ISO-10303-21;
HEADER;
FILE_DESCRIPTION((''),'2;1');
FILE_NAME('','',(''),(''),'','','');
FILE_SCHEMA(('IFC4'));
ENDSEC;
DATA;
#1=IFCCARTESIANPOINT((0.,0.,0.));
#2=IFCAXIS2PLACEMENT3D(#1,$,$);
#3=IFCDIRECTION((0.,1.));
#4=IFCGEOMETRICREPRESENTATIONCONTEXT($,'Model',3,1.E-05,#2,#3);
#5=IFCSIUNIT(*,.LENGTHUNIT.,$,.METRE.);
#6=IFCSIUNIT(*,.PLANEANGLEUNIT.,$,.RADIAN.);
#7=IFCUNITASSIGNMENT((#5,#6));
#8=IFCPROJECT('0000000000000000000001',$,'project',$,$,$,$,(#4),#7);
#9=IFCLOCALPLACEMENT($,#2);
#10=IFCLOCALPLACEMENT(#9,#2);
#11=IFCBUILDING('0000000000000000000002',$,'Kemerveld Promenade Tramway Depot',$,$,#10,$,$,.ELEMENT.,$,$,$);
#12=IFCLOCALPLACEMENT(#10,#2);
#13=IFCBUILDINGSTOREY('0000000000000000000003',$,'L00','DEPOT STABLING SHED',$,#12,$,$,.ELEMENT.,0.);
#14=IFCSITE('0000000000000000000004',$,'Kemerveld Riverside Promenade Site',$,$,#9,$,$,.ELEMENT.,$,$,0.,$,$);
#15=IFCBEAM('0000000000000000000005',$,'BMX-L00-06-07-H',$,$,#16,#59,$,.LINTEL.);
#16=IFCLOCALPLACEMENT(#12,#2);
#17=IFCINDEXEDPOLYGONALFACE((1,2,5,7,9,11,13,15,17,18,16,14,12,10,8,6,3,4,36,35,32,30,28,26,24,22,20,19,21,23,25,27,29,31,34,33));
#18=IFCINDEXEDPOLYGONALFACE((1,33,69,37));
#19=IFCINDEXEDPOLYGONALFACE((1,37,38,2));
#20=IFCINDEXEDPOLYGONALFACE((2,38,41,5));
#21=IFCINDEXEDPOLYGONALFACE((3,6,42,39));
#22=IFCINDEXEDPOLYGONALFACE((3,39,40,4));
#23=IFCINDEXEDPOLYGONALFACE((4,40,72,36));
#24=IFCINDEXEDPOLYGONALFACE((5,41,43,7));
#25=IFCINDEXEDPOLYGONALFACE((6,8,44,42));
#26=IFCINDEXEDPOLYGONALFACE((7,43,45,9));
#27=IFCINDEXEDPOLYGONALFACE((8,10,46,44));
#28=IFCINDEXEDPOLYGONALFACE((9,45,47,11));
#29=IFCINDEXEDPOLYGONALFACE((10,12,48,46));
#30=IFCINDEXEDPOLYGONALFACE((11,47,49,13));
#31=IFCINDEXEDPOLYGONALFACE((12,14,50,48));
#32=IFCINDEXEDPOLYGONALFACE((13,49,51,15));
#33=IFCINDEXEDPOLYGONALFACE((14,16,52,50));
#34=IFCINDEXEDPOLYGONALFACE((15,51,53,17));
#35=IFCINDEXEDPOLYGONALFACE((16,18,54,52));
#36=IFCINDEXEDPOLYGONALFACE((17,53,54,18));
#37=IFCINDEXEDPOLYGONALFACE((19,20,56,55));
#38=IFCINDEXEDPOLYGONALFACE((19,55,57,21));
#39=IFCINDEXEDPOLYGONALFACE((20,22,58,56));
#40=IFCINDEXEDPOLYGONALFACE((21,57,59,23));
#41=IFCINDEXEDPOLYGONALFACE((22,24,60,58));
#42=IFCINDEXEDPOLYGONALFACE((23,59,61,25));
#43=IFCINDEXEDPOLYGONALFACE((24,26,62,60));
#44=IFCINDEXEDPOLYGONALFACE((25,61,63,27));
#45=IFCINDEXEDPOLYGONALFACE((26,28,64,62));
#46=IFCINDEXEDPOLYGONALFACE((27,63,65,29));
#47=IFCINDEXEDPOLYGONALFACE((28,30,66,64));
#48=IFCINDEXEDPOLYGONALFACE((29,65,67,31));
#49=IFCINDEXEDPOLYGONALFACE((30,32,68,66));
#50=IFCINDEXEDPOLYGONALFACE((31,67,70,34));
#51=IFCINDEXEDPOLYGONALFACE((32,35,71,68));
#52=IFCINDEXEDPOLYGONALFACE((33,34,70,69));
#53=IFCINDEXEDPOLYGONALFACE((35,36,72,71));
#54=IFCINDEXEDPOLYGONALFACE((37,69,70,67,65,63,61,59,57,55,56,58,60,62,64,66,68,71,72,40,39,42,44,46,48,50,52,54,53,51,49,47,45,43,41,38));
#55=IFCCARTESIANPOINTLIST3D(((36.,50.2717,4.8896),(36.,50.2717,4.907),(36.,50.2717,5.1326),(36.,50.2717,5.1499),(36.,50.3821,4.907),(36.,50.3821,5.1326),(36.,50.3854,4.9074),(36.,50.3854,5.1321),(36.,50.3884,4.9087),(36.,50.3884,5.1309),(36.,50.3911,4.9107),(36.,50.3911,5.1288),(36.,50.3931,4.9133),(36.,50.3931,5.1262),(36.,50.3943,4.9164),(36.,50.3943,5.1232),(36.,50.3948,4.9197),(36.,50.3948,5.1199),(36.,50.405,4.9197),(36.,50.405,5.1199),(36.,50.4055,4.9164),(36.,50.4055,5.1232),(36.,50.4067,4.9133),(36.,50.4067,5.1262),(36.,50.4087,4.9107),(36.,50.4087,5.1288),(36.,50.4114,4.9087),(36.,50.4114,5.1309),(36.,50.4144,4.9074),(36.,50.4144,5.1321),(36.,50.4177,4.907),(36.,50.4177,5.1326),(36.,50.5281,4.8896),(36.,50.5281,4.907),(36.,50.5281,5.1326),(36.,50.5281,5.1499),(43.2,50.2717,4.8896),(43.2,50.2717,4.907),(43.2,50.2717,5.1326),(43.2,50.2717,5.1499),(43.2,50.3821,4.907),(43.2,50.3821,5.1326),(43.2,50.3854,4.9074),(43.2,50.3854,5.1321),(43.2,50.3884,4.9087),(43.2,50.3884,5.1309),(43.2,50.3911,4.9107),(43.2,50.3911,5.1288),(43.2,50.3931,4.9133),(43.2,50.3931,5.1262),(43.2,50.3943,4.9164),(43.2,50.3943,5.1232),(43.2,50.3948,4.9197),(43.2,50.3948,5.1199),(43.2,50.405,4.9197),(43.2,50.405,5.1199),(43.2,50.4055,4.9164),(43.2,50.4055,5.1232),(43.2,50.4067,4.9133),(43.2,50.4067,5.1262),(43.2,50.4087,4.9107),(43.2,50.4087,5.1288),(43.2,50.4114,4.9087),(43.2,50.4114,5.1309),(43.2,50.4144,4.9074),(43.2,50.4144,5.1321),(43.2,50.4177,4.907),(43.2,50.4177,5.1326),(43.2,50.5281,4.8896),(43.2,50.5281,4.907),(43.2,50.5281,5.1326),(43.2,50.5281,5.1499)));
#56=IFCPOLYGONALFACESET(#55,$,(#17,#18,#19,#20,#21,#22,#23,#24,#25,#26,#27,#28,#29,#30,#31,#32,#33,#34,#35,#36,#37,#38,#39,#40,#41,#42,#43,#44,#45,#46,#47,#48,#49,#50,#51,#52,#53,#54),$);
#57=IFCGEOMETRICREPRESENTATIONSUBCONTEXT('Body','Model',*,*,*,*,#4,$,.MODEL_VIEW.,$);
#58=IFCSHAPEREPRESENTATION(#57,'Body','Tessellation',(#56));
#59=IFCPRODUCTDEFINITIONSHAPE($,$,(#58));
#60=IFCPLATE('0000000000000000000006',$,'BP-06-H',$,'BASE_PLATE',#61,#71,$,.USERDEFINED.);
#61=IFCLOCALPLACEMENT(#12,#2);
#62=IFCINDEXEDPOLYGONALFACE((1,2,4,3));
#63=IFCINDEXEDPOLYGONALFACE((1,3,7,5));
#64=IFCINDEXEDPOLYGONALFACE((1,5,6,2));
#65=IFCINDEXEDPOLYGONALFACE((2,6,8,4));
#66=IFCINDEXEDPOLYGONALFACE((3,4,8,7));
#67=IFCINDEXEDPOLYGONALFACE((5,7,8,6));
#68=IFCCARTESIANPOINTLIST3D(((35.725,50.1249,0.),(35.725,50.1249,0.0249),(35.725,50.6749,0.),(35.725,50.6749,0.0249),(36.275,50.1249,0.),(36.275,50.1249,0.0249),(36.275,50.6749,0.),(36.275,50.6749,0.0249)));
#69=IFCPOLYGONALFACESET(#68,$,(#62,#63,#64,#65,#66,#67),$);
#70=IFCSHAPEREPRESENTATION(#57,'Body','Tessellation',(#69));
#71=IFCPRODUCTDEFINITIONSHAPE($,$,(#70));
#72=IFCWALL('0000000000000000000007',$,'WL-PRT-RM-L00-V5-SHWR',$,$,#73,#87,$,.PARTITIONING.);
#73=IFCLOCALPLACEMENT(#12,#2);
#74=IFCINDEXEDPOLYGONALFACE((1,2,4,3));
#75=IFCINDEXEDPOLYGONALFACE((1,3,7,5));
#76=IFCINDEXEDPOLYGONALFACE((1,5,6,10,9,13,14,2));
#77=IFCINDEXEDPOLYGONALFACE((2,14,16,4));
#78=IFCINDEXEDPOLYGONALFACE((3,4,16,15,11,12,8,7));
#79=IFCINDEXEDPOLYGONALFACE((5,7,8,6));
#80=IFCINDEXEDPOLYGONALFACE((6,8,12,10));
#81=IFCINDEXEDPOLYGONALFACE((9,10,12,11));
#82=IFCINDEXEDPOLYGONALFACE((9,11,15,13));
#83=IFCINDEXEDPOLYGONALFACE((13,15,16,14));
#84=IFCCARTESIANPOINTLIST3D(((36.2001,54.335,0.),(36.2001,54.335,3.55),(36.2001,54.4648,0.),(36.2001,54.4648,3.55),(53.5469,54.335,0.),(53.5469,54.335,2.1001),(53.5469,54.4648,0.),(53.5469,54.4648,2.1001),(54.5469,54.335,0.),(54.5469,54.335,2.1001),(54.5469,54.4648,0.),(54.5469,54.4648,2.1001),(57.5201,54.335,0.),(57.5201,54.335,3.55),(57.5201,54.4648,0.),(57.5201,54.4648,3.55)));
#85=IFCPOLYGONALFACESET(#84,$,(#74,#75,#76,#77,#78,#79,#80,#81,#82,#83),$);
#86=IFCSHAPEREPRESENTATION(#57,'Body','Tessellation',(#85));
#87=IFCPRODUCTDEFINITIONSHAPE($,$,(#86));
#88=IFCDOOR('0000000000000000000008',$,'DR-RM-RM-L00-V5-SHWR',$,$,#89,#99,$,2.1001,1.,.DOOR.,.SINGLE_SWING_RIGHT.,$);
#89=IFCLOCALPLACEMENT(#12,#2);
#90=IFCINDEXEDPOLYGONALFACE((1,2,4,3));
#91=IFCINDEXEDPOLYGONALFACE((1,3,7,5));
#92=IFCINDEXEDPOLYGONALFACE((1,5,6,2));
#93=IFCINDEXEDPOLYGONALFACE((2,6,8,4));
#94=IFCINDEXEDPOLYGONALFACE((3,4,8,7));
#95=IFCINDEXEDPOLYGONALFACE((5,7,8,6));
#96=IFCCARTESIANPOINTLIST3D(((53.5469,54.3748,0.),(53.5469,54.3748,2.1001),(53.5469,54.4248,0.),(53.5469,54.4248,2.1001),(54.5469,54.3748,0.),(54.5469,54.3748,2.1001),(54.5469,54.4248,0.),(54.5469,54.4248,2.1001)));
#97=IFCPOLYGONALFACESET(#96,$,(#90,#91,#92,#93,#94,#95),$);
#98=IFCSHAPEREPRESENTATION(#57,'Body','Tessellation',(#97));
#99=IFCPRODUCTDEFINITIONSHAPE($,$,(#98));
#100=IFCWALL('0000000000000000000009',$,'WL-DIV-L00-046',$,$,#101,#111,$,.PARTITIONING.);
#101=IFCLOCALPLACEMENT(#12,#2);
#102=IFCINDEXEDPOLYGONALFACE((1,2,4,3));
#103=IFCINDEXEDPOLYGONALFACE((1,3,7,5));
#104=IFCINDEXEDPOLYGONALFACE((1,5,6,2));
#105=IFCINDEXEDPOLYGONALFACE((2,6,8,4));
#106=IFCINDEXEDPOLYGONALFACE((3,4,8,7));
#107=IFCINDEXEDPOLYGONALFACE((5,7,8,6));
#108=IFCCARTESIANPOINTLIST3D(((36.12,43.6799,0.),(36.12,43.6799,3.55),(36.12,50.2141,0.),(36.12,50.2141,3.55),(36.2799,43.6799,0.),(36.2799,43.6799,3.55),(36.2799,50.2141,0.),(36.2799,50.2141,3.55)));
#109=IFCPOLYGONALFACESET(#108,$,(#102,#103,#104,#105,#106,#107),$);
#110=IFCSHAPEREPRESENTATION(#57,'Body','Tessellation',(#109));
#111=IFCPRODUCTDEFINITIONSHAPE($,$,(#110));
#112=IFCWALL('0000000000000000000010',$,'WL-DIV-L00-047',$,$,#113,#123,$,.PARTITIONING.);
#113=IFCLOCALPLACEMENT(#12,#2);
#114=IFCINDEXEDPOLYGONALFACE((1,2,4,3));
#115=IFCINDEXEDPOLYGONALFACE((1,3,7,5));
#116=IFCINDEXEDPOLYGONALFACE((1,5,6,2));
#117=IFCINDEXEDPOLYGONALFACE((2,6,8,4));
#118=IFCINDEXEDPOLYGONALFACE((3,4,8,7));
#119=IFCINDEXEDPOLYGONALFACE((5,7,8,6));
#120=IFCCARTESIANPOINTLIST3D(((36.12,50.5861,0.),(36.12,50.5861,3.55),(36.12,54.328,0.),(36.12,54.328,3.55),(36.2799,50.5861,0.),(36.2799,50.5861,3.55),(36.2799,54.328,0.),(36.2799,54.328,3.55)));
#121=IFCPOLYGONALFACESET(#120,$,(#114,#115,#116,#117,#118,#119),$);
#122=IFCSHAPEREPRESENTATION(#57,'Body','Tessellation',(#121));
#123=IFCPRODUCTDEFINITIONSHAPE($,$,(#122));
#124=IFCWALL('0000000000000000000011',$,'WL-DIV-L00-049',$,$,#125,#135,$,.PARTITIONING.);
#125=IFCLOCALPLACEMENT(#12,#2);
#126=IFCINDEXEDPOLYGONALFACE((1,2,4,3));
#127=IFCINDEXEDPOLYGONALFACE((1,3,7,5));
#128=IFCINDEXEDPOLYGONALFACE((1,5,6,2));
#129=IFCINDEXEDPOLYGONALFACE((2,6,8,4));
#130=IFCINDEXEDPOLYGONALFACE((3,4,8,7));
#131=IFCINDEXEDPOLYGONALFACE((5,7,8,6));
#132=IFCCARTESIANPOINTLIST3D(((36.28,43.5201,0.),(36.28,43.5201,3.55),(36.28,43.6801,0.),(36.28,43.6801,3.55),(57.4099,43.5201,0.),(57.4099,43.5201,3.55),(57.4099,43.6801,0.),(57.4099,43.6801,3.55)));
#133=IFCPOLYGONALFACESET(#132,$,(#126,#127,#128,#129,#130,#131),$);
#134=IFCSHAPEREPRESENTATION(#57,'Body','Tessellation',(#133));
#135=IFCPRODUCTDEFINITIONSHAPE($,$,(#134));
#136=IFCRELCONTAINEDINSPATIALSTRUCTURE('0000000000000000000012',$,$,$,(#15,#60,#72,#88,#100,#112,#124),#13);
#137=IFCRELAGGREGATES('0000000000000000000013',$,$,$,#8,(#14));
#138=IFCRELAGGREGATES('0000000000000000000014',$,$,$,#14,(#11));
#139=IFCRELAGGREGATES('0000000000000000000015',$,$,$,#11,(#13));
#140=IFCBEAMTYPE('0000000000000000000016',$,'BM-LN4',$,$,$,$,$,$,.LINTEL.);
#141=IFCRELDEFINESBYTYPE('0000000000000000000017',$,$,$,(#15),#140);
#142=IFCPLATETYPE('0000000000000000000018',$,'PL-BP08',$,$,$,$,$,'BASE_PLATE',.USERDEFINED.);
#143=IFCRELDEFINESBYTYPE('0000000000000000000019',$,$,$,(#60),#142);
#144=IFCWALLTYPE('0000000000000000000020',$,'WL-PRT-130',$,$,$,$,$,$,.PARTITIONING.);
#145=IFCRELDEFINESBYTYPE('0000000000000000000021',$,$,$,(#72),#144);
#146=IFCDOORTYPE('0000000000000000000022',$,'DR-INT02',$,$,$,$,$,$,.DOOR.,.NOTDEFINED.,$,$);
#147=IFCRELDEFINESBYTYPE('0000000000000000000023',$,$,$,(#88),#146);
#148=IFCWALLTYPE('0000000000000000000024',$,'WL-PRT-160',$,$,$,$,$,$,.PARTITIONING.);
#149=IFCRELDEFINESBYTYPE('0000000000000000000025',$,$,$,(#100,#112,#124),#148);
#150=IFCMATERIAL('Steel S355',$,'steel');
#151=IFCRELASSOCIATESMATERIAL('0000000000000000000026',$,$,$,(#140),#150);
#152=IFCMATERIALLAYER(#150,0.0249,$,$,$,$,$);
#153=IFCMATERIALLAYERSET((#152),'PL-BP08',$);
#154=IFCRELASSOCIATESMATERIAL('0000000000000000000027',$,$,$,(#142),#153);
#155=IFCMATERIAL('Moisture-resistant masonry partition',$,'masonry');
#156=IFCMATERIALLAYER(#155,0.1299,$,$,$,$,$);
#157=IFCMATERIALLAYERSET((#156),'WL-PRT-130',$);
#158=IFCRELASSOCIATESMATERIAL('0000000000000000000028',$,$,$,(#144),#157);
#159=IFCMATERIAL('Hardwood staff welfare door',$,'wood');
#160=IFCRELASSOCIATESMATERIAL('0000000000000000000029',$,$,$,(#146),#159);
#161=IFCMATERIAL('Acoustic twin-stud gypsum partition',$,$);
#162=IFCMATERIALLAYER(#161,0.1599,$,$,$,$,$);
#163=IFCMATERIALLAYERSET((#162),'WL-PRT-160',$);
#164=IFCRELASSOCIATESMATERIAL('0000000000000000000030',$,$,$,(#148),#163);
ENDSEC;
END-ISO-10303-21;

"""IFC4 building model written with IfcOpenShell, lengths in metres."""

from ifc_helpers import new_model, si_unit, direction, frame, frame_2d, origin, origin_2d, place, context, subcontext, project, spatial, rectangle, i_section, extrude, material, layer, layer_set, material_profile, profile_set, type_object, element, fill, save


model = new_model("IFC4")

# Units and contexts
model_context = context("Model", 3, precision=1e-05, world=origin(), true_north=direction((0.0, 1.0)))
body_context = subcontext(model_context, "Body", "Model", "MODEL_VIEW")
ifc_project = project(units=[si_unit("LENGTHUNIT", "METRE"), si_unit("PLANEANGLEUNIT", "RADIAN")], contexts=[model_context])

# Site, building, storey
site_placement = place(None, origin())
site = spatial("IfcSite", under=ifc_project, at=site_placement, Name="Kemerveld Riverside Promenade Site", CompositionType="ELEMENT", RefElevation=0.0)
building_placement = place(site_placement, origin())
building = spatial("IfcBuilding", under=site, at=building_placement, Name="Kemerveld Promenade Tramway Depot", CompositionType="ELEMENT")
storey_placement = place(building_placement, origin())
storey = spatial("IfcBuildingStorey", under=building, at=storey_placement, Name="L00", Description="DEPOT STABLING SHED", CompositionType="ELEMENT", Elevation=0.0)

# Shared definitions
ifc_material_1 = material(Name="Steel S355", Category="steel")

# Beam
ifc_material_profile_1 = material_profile(ifc_material_1, i_section(OverallWidth=0.2563, OverallDepth=0.2603, WebThickness=0.0103, FlangeThickness=0.0173, FilletRadius=0.0127, at=origin_2d()), Name="254x254x89 UC")
ifc_profile_set_1 = profile_set([ifc_material_profile_1], Name="Steel S355")
beam_type_1 = type_object("IfcBeamType", Name="BM-LN4", PredefinedType="LINTEL", material=ifc_profile_set_1)
beam_1_placement = place(storey_placement, frame((36.0, 50.3999, 5.0198), z_axis=(1.0, 0.0, 0.0), x_axis=(0.0, 1.0, 0.0)))
element("IfcBeam", 1, at=beam_1_placement, inside=storey, type_object=beam_type_1, Name="BMX-L00-06-07-H", PredefinedType="LINTEL", context=body_context, shape_type="SweptSolid", body=[
    extrude(i_section(OverallWidth=0.2563, OverallDepth=0.2603, WebThickness=0.0103, FlangeThickness=0.0173, FilletRadius=0.0127, at=origin_2d()), origin(), (0.0, 0.0, 1.0), 7.2),
])

# Plate
ifc_layer_1 = layer(ifc_material_1, 0.0249)
ifc_layer_set_1 = layer_set([ifc_layer_1], Name="PL-BP08")
plate_type = type_object("IfcPlateType", Name="PL-BP08", ElementType="BASE_PLATE", PredefinedType="USERDEFINED", material=ifc_layer_set_1)
plate_placement = place(storey_placement, frame((36.0, 50.3999, 0.0), z_axis=(0.0, 0.0, 1.0), x_axis=(1.0, 0.0, 0.0)))
element("IfcPlate", 2, at=plate_placement, inside=storey, type_object=plate_type, Name="BP-06-H", ObjectType="BASE_PLATE", PredefinedType="USERDEFINED", context=body_context, shape_type="SweptSolid", body=[
    extrude(rectangle(XDim=0.55, YDim=0.55, at=origin_2d()), origin(), (0.0, 0.0, 1.0), 0.0249),
])

# Wall, opening, door
ifc_material_2 = material(Name="Moisture-resistant masonry partition", Category="masonry")
ifc_layer_2 = layer(ifc_material_2, 0.1299)
ifc_layer_set_2 = layer_set([ifc_layer_2], Name="WL-PRT-130")
wall_type_1 = type_object("IfcWallType", Name="WL-PRT-130", PredefinedType="PARTITIONING", material=ifc_layer_set_2)
wall_1_placement = place(storey_placement, frame((36.2, 54.3999, 0.0), z_axis=(0.0, 0.0, 1.0), x_axis=(1.0, 0.0, 0.0)))
wall_1 = element("IfcWall", 3, at=wall_1_placement, inside=storey, type_object=wall_type_1, Name="WL-PRT-RM-L00-V5-SHWR", PredefinedType="PARTITIONING", context=body_context, shape_type="SweptSolid", body=[
    extrude(rectangle(XDim=21.3201, YDim=0.1299, at=frame_2d((10.6602, 0.0))), origin(), (0.0, 0.0, 1.0), 3.55),
])
opening_placement = place(wall_1_placement, frame((17.3469, 0.0, 0.0)))
opening = element("IfcOpeningElement", 4, at=opening_placement, cuts=wall_1, PredefinedType="OPENING", context=body_context, shape_type="SweptSolid", body=[
    extrude(rectangle(XDim=1.0, YDim=2.1001, at=frame_2d((0.5, 1.05))), frame((0.0, 0.075, 0.0), z_axis=(0.0, -1.0, 0.0), x_axis=(1.0, 0.0, 0.0)), (0.0, 0.0, 1.0), 0.1499),
])
ifc_material_3 = material(Name="Hardwood staff welfare door", Category="wood")
door_type = type_object("IfcDoorType", Name="DR-INT02", OperationType="NOTDEFINED", PredefinedType="DOOR", material=ifc_material_3)
door_placement = place(opening_placement, origin())
door = element("IfcDoor", 5, at=door_placement, inside=storey, type_object=door_type, Name="DR-RM-RM-L00-V5-SHWR", OperationType="SINGLE_SWING_RIGHT", OverallHeight=2.1001, OverallWidth=1.0, PredefinedType="DOOR", context=body_context, shape_type="SweptSolid", body=[
    extrude(rectangle(XDim=1.0, YDim=2.1001, at=frame_2d((0.5, 1.05))), frame((0.0, 0.0249, 0.0), z_axis=(0.0, -1.0, 0.0), x_axis=(1.0, 0.0, 0.0)), (0.0, 0.0, 1.0), 0.05),
])
fill(opening, door)

# Walls
ifc_material_4 = material(Name="Acoustic twin-stud gypsum partition")
ifc_layer_3 = layer(ifc_material_4, 0.1599)
ifc_layer_set_3 = layer_set([ifc_layer_3], Name="WL-PRT-160")
wall_type_2 = type_object("IfcWallType", Name="WL-PRT-160", PredefinedType="PARTITIONING", material=ifc_layer_set_3)
wall_2_placement = place(storey_placement, frame((36.2, 43.6799, 0.0), z_axis=(0.0, 0.0, 1.0), x_axis=(0.0, 1.0, 0.0)))
element("IfcWall", 6, at=wall_2_placement, inside=storey, type_object=wall_type_2, Name="WL-DIV-L00-046", PredefinedType="PARTITIONING", context=body_context, shape_type="SweptSolid", body=[
    extrude(rectangle(XDim=6.5342, YDim=0.1599, at=frame_2d((3.2671, 0.0))), origin(), (0.0, 0.0, 1.0), 3.55),
])
wall_3_placement = place(storey_placement, frame((36.2, 50.5859, 0.0), z_axis=(0.0, 0.0, 1.0), x_axis=(0.0, 1.0, 0.0)))
element("IfcWall", 7, at=wall_3_placement, inside=storey, type_object=wall_type_2, Name="WL-DIV-L00-047", PredefinedType="PARTITIONING", context=body_context, shape_type="SweptSolid", body=[
    extrude(rectangle(XDim=3.7419, YDim=0.1599, at=frame_2d((1.8711, 0.0))), origin(), (0.0, 0.0, 1.0), 3.55),
])
wall_4_placement = place(storey_placement, frame((36.28, 43.6001, 0.0), z_axis=(0.0, 0.0, 1.0), x_axis=(1.0, 0.0, 0.0)))
element("IfcWall", 8, at=wall_4_placement, inside=storey, type_object=wall_type_2, Name="WL-DIV-L00-049", PredefinedType="PARTITIONING", context=body_context, shape_type="SweptSolid", body=[
    extrude(rectangle(XDim=21.1299, YDim=0.1599, at=frame_2d((10.5649, 0.0))), origin(), (0.0, 0.0, 1.0), 3.55),
])

save(model, "model.ifc")
